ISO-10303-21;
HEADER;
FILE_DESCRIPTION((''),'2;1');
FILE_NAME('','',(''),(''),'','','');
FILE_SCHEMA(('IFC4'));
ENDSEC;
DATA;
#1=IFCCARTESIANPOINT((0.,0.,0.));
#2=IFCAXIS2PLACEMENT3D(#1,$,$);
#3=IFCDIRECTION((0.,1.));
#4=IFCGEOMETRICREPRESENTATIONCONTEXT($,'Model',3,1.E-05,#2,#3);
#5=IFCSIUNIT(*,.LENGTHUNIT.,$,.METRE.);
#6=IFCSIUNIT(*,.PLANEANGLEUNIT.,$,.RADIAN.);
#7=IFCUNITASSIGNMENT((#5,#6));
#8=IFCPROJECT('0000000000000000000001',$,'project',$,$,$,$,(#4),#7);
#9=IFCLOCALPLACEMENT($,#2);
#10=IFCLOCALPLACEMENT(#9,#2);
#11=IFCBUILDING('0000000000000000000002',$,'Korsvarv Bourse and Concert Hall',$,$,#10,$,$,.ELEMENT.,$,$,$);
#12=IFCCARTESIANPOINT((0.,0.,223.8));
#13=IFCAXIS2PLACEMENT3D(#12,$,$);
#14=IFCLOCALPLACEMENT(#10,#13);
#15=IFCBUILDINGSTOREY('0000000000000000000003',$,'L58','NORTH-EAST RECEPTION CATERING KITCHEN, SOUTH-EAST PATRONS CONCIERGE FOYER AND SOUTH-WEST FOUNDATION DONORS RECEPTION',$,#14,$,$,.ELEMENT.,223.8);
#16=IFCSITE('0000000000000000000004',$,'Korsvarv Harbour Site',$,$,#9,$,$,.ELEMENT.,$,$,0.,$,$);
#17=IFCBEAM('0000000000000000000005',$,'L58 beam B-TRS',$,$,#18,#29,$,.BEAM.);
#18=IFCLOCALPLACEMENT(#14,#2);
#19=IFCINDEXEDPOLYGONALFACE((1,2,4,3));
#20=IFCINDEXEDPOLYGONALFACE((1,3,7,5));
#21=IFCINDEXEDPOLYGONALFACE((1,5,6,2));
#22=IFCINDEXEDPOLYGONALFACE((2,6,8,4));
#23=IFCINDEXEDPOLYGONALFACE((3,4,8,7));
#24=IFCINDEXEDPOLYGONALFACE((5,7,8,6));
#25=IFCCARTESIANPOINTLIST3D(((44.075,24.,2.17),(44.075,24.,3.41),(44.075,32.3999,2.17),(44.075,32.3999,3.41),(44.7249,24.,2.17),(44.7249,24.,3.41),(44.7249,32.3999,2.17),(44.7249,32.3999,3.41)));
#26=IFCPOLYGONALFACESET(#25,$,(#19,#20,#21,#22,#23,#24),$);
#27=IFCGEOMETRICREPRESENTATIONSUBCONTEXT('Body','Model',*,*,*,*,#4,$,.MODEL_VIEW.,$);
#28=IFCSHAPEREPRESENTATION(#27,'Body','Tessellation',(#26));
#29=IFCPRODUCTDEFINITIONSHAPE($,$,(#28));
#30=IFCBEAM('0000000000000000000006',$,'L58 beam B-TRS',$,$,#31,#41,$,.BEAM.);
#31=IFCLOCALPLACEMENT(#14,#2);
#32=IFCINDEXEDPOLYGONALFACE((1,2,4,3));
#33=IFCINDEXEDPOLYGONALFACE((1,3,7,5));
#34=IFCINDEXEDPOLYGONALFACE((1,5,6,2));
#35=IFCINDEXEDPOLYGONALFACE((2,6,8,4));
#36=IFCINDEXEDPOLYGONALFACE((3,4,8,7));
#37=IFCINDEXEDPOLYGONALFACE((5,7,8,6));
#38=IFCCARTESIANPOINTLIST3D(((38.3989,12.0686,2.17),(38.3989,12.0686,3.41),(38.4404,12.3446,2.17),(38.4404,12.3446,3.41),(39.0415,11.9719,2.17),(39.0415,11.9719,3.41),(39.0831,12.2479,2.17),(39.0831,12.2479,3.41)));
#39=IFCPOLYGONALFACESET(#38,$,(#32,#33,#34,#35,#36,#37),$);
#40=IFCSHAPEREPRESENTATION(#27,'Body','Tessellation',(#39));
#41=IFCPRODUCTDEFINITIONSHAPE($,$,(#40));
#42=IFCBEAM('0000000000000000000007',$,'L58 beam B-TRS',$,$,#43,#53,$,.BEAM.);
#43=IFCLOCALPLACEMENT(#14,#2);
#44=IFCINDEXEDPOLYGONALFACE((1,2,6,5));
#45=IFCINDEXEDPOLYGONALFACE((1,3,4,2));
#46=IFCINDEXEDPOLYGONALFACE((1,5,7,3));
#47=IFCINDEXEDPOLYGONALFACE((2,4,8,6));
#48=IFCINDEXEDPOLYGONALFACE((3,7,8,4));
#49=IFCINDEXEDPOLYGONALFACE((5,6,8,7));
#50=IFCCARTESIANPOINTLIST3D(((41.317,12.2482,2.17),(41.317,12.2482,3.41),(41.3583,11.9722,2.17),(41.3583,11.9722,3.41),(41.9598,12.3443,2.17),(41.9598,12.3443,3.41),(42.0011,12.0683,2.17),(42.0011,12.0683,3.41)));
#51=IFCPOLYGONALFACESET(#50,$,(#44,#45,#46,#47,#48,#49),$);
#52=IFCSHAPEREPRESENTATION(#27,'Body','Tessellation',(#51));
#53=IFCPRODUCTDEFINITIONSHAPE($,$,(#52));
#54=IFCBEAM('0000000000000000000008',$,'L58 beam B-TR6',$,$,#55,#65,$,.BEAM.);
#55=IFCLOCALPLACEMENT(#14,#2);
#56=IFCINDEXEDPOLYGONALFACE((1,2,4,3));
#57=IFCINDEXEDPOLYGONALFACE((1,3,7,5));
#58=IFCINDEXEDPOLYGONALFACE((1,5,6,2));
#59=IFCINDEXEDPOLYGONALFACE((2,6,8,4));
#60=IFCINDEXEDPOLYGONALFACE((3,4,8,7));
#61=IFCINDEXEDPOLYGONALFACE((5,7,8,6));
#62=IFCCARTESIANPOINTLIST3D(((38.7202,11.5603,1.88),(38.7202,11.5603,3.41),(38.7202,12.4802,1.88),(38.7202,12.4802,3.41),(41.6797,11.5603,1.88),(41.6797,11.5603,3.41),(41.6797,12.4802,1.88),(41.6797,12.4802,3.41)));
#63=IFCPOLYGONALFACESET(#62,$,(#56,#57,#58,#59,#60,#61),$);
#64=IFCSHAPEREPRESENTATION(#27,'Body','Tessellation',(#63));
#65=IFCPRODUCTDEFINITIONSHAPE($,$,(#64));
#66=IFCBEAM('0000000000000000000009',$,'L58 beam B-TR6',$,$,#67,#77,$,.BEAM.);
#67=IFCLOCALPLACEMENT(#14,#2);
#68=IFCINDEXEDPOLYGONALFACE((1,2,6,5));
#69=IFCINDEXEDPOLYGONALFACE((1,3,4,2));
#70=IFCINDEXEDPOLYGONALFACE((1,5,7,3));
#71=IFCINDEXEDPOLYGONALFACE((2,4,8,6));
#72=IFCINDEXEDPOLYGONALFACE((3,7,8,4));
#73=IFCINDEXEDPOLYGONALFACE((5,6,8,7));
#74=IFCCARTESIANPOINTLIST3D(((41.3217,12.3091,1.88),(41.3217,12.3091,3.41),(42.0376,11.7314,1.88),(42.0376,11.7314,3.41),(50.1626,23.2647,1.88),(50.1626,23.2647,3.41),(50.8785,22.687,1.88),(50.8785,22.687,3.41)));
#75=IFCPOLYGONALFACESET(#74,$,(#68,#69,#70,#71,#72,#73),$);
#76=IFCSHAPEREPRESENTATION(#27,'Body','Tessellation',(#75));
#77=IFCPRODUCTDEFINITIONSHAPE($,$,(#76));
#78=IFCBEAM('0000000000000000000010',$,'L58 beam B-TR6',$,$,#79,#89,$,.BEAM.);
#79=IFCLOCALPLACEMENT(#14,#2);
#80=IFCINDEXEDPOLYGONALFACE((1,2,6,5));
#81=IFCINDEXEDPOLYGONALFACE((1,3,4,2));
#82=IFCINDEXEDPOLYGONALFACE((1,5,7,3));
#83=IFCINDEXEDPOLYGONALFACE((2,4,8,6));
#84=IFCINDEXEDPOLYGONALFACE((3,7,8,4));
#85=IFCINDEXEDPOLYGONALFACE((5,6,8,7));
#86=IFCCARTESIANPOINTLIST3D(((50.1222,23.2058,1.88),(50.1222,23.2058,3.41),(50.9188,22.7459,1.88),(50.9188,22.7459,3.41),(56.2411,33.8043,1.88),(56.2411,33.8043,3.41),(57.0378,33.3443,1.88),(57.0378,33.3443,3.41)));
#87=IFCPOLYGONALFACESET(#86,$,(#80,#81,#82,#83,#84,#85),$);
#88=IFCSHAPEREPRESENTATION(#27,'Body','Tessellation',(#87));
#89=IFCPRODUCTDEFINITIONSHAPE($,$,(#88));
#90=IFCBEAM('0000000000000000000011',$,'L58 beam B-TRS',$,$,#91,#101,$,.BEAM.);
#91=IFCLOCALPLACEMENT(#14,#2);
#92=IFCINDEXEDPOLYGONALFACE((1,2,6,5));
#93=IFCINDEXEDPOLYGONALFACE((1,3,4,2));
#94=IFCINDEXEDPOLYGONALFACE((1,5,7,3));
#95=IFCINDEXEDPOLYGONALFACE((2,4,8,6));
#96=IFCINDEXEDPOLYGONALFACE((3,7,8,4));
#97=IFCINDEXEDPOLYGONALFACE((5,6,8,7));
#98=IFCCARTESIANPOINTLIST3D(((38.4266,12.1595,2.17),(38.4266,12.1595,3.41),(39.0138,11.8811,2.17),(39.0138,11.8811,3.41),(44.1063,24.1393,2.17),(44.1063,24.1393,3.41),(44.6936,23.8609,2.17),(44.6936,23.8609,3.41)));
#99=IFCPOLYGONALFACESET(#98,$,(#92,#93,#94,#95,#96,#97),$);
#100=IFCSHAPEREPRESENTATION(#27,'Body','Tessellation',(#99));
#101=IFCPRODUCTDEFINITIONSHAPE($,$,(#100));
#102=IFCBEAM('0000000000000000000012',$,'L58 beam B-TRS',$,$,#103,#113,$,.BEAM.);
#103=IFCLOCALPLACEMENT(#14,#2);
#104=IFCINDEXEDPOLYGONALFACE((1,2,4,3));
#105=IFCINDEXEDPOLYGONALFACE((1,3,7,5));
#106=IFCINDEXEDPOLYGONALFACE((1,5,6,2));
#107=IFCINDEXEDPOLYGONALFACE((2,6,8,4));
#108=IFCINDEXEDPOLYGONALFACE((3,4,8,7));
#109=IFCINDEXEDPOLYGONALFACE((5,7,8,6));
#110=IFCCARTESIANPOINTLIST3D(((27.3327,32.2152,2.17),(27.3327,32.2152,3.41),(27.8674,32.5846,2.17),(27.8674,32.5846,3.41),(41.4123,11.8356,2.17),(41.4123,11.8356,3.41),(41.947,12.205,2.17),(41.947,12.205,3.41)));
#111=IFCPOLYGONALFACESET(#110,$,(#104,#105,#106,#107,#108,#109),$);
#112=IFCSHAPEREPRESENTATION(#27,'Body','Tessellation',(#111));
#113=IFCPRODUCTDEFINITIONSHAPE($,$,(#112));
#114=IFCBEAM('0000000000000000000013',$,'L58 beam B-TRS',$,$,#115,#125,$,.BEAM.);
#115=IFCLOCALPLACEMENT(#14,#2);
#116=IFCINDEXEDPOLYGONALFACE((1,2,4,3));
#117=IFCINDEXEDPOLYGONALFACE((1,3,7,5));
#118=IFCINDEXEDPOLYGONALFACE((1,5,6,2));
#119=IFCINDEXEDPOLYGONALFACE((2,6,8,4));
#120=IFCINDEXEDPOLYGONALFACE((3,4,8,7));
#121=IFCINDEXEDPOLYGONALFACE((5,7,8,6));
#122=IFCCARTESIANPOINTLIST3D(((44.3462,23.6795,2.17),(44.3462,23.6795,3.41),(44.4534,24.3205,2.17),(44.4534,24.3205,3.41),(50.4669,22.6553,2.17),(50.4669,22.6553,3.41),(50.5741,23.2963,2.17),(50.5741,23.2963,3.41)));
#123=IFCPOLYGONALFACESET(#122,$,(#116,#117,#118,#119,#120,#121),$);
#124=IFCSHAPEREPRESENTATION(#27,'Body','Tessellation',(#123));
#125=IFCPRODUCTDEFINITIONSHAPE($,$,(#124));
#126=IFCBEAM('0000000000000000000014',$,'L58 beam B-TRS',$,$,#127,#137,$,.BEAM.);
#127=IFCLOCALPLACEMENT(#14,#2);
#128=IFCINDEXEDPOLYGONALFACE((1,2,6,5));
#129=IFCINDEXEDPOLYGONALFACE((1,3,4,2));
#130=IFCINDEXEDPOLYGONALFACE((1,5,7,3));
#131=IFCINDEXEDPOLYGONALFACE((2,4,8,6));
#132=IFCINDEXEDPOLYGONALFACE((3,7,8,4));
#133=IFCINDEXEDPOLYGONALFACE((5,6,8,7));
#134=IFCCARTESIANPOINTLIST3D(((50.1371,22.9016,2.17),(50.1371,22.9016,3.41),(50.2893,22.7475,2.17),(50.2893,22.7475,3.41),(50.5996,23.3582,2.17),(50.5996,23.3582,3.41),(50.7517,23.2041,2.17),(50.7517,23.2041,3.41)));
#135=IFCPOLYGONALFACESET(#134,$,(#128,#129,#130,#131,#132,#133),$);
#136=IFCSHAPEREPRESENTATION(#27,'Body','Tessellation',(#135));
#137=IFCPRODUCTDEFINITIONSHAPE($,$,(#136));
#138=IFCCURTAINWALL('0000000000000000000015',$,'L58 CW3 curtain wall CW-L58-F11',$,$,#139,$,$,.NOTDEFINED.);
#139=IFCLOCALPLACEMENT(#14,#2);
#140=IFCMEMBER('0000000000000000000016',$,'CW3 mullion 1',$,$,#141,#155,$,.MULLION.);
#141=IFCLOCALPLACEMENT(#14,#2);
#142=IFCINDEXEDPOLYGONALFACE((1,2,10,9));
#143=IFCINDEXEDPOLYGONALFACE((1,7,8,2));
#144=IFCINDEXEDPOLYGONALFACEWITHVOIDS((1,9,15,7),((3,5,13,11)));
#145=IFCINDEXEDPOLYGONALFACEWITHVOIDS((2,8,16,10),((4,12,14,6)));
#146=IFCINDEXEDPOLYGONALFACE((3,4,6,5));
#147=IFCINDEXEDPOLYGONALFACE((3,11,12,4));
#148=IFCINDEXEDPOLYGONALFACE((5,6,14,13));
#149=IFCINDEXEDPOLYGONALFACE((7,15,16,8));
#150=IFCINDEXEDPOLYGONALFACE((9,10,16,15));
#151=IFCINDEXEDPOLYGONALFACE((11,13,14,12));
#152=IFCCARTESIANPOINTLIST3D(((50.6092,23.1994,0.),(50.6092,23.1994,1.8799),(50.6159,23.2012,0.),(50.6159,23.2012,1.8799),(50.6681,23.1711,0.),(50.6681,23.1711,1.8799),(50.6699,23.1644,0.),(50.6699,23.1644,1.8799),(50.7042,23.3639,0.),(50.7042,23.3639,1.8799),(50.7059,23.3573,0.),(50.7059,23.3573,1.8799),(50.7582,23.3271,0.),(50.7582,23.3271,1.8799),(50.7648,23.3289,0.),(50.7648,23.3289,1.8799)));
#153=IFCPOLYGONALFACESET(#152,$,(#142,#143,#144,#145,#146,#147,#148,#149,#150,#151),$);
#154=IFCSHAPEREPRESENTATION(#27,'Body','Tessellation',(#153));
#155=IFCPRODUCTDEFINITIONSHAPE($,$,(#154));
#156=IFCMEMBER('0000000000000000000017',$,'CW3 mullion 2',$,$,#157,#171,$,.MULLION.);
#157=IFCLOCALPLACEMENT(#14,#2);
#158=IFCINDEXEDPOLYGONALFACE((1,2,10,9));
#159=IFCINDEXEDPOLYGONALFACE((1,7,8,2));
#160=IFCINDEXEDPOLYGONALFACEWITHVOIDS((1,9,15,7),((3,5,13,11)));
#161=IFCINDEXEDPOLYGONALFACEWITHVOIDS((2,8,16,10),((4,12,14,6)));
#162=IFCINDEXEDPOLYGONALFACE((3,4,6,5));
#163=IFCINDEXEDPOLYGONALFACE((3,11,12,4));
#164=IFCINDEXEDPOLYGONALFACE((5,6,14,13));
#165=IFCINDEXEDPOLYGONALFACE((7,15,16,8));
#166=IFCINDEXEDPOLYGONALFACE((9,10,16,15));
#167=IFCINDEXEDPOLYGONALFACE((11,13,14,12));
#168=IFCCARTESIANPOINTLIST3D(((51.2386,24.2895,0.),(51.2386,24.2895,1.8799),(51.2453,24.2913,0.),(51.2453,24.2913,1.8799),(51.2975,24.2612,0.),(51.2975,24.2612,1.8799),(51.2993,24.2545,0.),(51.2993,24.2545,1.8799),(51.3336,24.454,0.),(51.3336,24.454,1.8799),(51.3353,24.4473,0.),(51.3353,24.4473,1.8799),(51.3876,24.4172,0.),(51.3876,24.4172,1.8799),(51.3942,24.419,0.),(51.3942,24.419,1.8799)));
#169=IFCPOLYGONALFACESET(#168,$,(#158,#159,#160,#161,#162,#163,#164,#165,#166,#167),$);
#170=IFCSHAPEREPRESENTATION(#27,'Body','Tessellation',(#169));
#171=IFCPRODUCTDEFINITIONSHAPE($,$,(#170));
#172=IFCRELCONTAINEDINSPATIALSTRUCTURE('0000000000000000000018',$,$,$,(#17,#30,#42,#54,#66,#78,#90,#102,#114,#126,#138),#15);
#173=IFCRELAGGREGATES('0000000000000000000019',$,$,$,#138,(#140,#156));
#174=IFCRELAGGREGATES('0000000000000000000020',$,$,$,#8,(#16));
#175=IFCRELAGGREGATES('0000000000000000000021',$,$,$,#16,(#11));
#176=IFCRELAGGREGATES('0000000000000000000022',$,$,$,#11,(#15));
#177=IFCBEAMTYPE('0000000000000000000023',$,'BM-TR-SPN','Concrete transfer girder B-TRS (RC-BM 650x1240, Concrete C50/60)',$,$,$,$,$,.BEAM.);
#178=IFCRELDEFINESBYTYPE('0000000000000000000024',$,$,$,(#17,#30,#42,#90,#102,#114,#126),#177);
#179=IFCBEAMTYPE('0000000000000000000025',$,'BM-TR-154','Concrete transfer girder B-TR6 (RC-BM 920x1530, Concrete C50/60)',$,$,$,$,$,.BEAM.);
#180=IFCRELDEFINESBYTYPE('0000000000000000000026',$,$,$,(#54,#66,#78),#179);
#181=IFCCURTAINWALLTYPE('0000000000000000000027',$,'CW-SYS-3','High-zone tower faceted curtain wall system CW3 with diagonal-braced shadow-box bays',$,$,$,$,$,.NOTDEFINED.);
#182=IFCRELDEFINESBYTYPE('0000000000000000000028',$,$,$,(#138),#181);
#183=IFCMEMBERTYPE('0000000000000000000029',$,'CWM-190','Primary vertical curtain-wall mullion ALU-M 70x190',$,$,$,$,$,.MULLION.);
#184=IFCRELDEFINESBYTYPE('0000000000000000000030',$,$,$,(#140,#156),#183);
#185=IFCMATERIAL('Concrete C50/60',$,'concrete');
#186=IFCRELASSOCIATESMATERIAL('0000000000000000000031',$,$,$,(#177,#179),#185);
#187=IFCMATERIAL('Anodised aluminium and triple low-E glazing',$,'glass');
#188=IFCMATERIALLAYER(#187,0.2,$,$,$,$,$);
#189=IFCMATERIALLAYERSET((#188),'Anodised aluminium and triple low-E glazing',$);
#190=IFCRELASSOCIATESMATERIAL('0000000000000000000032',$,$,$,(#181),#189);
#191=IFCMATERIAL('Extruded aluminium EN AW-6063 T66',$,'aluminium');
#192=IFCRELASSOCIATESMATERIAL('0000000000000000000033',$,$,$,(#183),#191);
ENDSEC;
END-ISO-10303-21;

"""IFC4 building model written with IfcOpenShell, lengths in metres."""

from ifc_helpers import new_model, si_unit, direction, frame, origin, origin_2d, place, context, subcontext, project, spatial, rectangle, hollow_rectangle, extrude, source, transform, mapped, material, layer, layer_set, material_profile, profile_set, type_object, element, aggregate, save


model = new_model("IFC4")

# Units and contexts
model_context = context("Model", 3, precision=1e-05, world=origin(), true_north=direction((0.0, 1.0)))
body_context = subcontext(model_context, "Body", "Model", "MODEL_VIEW")
ifc_project = project(units=[si_unit("LENGTHUNIT", "METRE"), si_unit("PLANEANGLEUNIT", "RADIAN")], contexts=[model_context])

# Site, building, storey
site_placement = place(None, origin())
site = spatial("IfcSite", under=ifc_project, at=site_placement, Name="Korsvarv Harbour Site", CompositionType="ELEMENT", RefElevation=0.0)
building_placement = place(site_placement, origin())
building = spatial("IfcBuilding", under=site, at=building_placement, Name="Korsvarv Bourse and Concert Hall", CompositionType="ELEMENT")
storey_placement = place(building_placement, frame((0.0, 0.0, 223.8)))
storey = spatial("IfcBuildingStorey", under=building, at=storey_placement, Name="L58", Description="NORTH-EAST RECEPTION CATERING KITCHEN, SOUTH-EAST PATRONS CONCIERGE FOYER AND SOUTH-WEST FOUNDATION DONORS RECEPTION", CompositionType="ELEMENT", Elevation=223.8)

# Beams
ifc_material_1 = material(Name="Concrete C50/60", Category="concrete")
ifc_material_profile_1 = material_profile(ifc_material_1, rectangle(XDim=0.6499, YDim=1.24, at=origin_2d()), Name="RC-BM 650x1240")
ifc_profile_set_1 = profile_set([ifc_material_profile_1], Name="Concrete C50/60")
beam_type_1 = type_object("IfcBeamType", Name="BM-TR-SPN", Description="Concrete transfer girder B-TRS (RC-BM 650x1240, Concrete C50/60)", PredefinedType="BEAM", material=ifc_profile_set_1)
shared_shape_1 = source(origin(), body_context, "Body", "SweptSolid", [
    extrude(rectangle(XDim=0.6499, YDim=1.24, at=origin_2d()), origin(), (0.0, 0.0, 1.0), 8.3999),
])
beam_1_placement = place(storey_placement, frame((44.3999, 24.0, 2.79), z_axis=(0.0, 1.0, 0.0), x_axis=(-1.0, 0.0, 0.0)))
element("IfcBeam", 1, at=beam_1_placement, inside=storey, type_object=beam_type_1, Name="L58 beam B-TRS", PredefinedType="BEAM", context=body_context, shape_type="MappedRepresentation", body=[
    mapped(shared_shape_1, transform((0.0, 0.0, 0.0), scale=1.0)),
])
shared_shape_2 = source(origin(), body_context, "Body", "SweptSolid", [
    extrude(rectangle(XDim=0.6499, YDim=1.24, at=origin_2d()), origin(), (0.0, 0.0, 1.0), 0.2791),
])
for number, where, z_axis, x_axis, name in (
    (2, (38.7202, 12.0203, 2.79), (0.148768, 0.988872, 0.0), (-0.988872, 0.148768, 0.0), "L58 beam B-TRS"),
    (3, (41.6797, 12.0203, 2.79), (-0.147912, 0.989, 0.0), (-0.989, -0.147912, 0.0), "L58 beam B-TRS"),
):
    element("IfcBeam", number, at=place(storey_placement, frame(where, z_axis=z_axis, x_axis=x_axis)), inside=storey, type_object=beam_type_1, Name=name, PredefinedType="BEAM", context=body_context, shape_type="MappedRepresentation", body=[
        mapped(shared_shape_2, transform((0.0, 0.0, 0.0), scale=1.0)),
    ])
ifc_material_profile_2 = material_profile(ifc_material_1, rectangle(XDim=0.9199, YDim=1.53, at=origin_2d()), Name="RC-BM 920x1530")
ifc_profile_set_2 = profile_set([ifc_material_profile_2], Name="Concrete C50/60")
beam_type_2 = type_object("IfcBeamType", Name="BM-TR-154", Description="Concrete transfer girder B-TR6 (RC-BM 920x1530, Concrete C50/60)", PredefinedType="BEAM", material=ifc_profile_set_2)
shared_shape_3 = source(origin(), body_context, "Body", "SweptSolid", [
    extrude(rectangle(XDim=0.9199, YDim=1.53, at=origin_2d()), origin(), (0.0, 0.0, 1.0), 2.9595),
])
beam_2_placement = place(storey_placement, frame((38.7202, 12.0203, 2.645), z_axis=(1.0, 0.0, 0.0), x_axis=(0.0, 1.0, 0.0)))
element("IfcBeam", 4, at=beam_2_placement, inside=storey, type_object=beam_type_2, Name="L58 beam B-TR6", PredefinedType="BEAM", context=body_context, shape_type="MappedRepresentation", body=[
    mapped(shared_shape_3, transform((0.0, 0.0, 0.0), scale=1.0)),
])
shared_shape_4 = source(origin(), body_context, "Body", "SweptSolid", [
    extrude(rectangle(XDim=0.9199, YDim=1.53, at=origin_2d()), origin(), (0.0, 0.0, 1.0), 14.0779),
])
beam_3_placement = place(storey_placement, frame((41.6797, 12.0203, 2.645), z_axis=(0.627997, 0.778216, 0.0), x_axis=(-0.778216, 0.627997, 0.0)))
element("IfcBeam", 5, at=beam_3_placement, inside=storey, type_object=beam_type_2, Name="L58 beam B-TR6", PredefinedType="BEAM", context=body_context, shape_type="MappedRepresentation", body=[
    mapped(shared_shape_4, transform((0.0, 0.0, 0.0), scale=1.0)),
])
shared_shape_5 = source(origin(), body_context, "Body", "SweptSolid", [
    extrude(rectangle(XDim=0.9199, YDim=1.53, at=origin_2d()), origin(), (0.0, 0.0, 1.0), 12.238),
])
beam_4_placement = place(storey_placement, frame((50.5205, 22.9758, 2.645), z_axis=(0.499995, 0.866028, 0.0), x_axis=(-0.866028, 0.499995, 0.0)))
element("IfcBeam", 6, at=beam_4_placement, inside=storey, type_object=beam_type_2, Name="L58 beam B-TR6", PredefinedType="BEAM", context=body_context, shape_type="MappedRepresentation", body=[
    mapped(shared_shape_5, transform((0.0, 0.0, 0.0), scale=1.0)),
])
shared_shape_6 = source(origin(), body_context, "Body", "SweptSolid", [
    extrude(rectangle(XDim=0.6499, YDim=1.24, at=origin_2d()), origin(), (0.0, 0.0, 1.0), 13.2581),
])
beam_5_placement = place(storey_placement, frame((38.7202, 12.0203, 2.79), z_axis=(0.428399, 0.90359, 0.0), x_axis=(-0.90359, 0.428399, 0.0)))
element("IfcBeam", 7, at=beam_5_placement, inside=storey, type_object=beam_type_1, Name="L58 beam B-TRS", PredefinedType="BEAM", context=body_context, shape_type="MappedRepresentation", body=[
    mapped(shared_shape_6, transform((0.0, 0.0, 0.0), scale=1.0)),
])
shared_shape_7 = source(origin(), body_context, "Body", "SweptSolid", [
    extrude(rectangle(XDim=0.6499, YDim=1.24, at=origin_2d()), origin(), (0.0, 0.0, 1.0), 24.7703),
])
beam_6_placement = place(storey_placement, frame((41.6797, 12.0203, 2.79), z_axis=(-0.568408, 0.822747, 0.0), x_axis=(-0.822747, -0.568408, 0.0)))
element("IfcBeam", 8, at=beam_6_placement, inside=storey, type_object=beam_type_1, Name="L58 beam B-TRS", PredefinedType="BEAM", context=body_context, shape_type="MappedRepresentation", body=[
    mapped(shared_shape_7, transform((0.0, 0.0, 0.0), scale=1.0)),
])
shared_shape_8 = source(origin(), body_context, "Body", "SweptSolid", [
    extrude(rectangle(XDim=0.6499, YDim=1.24, at=origin_2d()), origin(), (0.0, 0.0, 1.0), 6.2058),
])
beam_7_placement = place(storey_placement, frame((50.5205, 22.9758, 2.79), z_axis=(-0.986287, 0.165037, 0.0), x_axis=(-0.165037, -0.986287, 0.0)))
element("IfcBeam", 9, at=beam_7_placement, inside=storey, type_object=beam_type_1, Name="L58 beam B-TRS", PredefinedType="BEAM", context=body_context, shape_type="MappedRepresentation", body=[
    mapped(shared_shape_8, transform((0.0, 0.0, 0.0), scale=1.0)),
])
shared_shape_9 = source(origin(), body_context, "Body", "SweptSolid", [
    extrude(rectangle(XDim=0.6499, YDim=1.24, at=origin_2d()), origin(), (0.0, 0.0, 1.0), 0.2166),
])
beam_8_placement = place(storey_placement, frame((50.5205, 22.9758, 2.79), z_axis=(-0.702581, 0.711603, 0.0), x_axis=(-0.711603, -0.702581, 0.0)))
element("IfcBeam", 10, at=beam_8_placement, inside=storey, type_object=beam_type_1, Name="L58 beam B-TRS", PredefinedType="BEAM", context=body_context, shape_type="MappedRepresentation", body=[
    mapped(shared_shape_9, transform((0.0, 0.0, 0.0), scale=1.0)),
])

# Curtain wall, members
ifc_material_2 = material(Name="Anodised aluminium and triple low-E glazing", Category="glass")
ifc_layer_1 = layer(ifc_material_2, 0.2)
ifc_layer_set_1 = layer_set([ifc_layer_1], Name="Anodised aluminium and triple low-E glazing")
curtain_wall_type = type_object("IfcCurtainWallType", Name="CW-SYS-3", Description="High-zone tower faceted curtain wall system CW3 with diagonal-braced shadow-box bays", PredefinedType="NOTDEFINED", material=ifc_layer_set_1)
curtain_wall_placement = place(storey_placement, origin())
curtain_wall = element("IfcCurtainWall", 11, at=curtain_wall_placement, inside=storey, type_object=curtain_wall_type, Name="L58 CW3 curtain wall CW-L58-F11", PredefinedType="NOTDEFINED")
ifc_material_3 = material(Name="Extruded aluminium EN AW-6063 T66", Category="aluminium")
ifc_material_profile_3 = material_profile(ifc_material_3, hollow_rectangle(XDim=0.0701, YDim=0.1899, WallThickness=0.0049, at=origin_2d()), Name="ALU-M 70x190")
ifc_profile_set_3 = profile_set([ifc_material_profile_3], Name="Extruded aluminium EN AW-6063 T66")
member_type_1 = type_object("IfcMemberType", Name="CWM-190", Description="Primary vertical curtain-wall mullion ALU-M 70x190", PredefinedType="MULLION", material=ifc_profile_set_3)
shared_shape_10 = source(origin(), body_context, "Body", "SweptSolid", [
    extrude(hollow_rectangle(XDim=0.0701, YDim=0.1899, WallThickness=0.0049, at=origin_2d()), origin(), (0.0, 0.0, 1.0), 1.8799),
])
member_1_placement = place(storey_placement, frame((50.687, 23.2642, 0.0), z_axis=(0.0, 0.0, 1.0), x_axis=(-0.86603, 0.499992, 0.0)))
member_1 = element("IfcMember", 12, at=member_1_placement, type_object=member_type_1, Name="CW3 mullion 1", PredefinedType="MULLION", context=body_context, shape_type="MappedRepresentation", body=[
    mapped(shared_shape_10, transform((0.0, 0.0, 0.0), scale=1.0)),
])
member_2_placement = place(storey_placement, frame((51.3164, 24.3542, 0.0), z_axis=(0.0, 0.0, 1.0), x_axis=(-0.86603, 0.499992, 0.0)))
member_2 = element("IfcMember", 13, at=member_2_placement, type_object=member_type_1, Name="CW3 mullion 2", PredefinedType="MULLION", context=body_context, shape_type="MappedRepresentation", body=[
    mapped(shared_shape_10, transform((0.0, 0.0, 0.0), scale=1.0)),
])
aggregate(curtain_wall, [member_1, member_2])

save(model, "model.ifc")
